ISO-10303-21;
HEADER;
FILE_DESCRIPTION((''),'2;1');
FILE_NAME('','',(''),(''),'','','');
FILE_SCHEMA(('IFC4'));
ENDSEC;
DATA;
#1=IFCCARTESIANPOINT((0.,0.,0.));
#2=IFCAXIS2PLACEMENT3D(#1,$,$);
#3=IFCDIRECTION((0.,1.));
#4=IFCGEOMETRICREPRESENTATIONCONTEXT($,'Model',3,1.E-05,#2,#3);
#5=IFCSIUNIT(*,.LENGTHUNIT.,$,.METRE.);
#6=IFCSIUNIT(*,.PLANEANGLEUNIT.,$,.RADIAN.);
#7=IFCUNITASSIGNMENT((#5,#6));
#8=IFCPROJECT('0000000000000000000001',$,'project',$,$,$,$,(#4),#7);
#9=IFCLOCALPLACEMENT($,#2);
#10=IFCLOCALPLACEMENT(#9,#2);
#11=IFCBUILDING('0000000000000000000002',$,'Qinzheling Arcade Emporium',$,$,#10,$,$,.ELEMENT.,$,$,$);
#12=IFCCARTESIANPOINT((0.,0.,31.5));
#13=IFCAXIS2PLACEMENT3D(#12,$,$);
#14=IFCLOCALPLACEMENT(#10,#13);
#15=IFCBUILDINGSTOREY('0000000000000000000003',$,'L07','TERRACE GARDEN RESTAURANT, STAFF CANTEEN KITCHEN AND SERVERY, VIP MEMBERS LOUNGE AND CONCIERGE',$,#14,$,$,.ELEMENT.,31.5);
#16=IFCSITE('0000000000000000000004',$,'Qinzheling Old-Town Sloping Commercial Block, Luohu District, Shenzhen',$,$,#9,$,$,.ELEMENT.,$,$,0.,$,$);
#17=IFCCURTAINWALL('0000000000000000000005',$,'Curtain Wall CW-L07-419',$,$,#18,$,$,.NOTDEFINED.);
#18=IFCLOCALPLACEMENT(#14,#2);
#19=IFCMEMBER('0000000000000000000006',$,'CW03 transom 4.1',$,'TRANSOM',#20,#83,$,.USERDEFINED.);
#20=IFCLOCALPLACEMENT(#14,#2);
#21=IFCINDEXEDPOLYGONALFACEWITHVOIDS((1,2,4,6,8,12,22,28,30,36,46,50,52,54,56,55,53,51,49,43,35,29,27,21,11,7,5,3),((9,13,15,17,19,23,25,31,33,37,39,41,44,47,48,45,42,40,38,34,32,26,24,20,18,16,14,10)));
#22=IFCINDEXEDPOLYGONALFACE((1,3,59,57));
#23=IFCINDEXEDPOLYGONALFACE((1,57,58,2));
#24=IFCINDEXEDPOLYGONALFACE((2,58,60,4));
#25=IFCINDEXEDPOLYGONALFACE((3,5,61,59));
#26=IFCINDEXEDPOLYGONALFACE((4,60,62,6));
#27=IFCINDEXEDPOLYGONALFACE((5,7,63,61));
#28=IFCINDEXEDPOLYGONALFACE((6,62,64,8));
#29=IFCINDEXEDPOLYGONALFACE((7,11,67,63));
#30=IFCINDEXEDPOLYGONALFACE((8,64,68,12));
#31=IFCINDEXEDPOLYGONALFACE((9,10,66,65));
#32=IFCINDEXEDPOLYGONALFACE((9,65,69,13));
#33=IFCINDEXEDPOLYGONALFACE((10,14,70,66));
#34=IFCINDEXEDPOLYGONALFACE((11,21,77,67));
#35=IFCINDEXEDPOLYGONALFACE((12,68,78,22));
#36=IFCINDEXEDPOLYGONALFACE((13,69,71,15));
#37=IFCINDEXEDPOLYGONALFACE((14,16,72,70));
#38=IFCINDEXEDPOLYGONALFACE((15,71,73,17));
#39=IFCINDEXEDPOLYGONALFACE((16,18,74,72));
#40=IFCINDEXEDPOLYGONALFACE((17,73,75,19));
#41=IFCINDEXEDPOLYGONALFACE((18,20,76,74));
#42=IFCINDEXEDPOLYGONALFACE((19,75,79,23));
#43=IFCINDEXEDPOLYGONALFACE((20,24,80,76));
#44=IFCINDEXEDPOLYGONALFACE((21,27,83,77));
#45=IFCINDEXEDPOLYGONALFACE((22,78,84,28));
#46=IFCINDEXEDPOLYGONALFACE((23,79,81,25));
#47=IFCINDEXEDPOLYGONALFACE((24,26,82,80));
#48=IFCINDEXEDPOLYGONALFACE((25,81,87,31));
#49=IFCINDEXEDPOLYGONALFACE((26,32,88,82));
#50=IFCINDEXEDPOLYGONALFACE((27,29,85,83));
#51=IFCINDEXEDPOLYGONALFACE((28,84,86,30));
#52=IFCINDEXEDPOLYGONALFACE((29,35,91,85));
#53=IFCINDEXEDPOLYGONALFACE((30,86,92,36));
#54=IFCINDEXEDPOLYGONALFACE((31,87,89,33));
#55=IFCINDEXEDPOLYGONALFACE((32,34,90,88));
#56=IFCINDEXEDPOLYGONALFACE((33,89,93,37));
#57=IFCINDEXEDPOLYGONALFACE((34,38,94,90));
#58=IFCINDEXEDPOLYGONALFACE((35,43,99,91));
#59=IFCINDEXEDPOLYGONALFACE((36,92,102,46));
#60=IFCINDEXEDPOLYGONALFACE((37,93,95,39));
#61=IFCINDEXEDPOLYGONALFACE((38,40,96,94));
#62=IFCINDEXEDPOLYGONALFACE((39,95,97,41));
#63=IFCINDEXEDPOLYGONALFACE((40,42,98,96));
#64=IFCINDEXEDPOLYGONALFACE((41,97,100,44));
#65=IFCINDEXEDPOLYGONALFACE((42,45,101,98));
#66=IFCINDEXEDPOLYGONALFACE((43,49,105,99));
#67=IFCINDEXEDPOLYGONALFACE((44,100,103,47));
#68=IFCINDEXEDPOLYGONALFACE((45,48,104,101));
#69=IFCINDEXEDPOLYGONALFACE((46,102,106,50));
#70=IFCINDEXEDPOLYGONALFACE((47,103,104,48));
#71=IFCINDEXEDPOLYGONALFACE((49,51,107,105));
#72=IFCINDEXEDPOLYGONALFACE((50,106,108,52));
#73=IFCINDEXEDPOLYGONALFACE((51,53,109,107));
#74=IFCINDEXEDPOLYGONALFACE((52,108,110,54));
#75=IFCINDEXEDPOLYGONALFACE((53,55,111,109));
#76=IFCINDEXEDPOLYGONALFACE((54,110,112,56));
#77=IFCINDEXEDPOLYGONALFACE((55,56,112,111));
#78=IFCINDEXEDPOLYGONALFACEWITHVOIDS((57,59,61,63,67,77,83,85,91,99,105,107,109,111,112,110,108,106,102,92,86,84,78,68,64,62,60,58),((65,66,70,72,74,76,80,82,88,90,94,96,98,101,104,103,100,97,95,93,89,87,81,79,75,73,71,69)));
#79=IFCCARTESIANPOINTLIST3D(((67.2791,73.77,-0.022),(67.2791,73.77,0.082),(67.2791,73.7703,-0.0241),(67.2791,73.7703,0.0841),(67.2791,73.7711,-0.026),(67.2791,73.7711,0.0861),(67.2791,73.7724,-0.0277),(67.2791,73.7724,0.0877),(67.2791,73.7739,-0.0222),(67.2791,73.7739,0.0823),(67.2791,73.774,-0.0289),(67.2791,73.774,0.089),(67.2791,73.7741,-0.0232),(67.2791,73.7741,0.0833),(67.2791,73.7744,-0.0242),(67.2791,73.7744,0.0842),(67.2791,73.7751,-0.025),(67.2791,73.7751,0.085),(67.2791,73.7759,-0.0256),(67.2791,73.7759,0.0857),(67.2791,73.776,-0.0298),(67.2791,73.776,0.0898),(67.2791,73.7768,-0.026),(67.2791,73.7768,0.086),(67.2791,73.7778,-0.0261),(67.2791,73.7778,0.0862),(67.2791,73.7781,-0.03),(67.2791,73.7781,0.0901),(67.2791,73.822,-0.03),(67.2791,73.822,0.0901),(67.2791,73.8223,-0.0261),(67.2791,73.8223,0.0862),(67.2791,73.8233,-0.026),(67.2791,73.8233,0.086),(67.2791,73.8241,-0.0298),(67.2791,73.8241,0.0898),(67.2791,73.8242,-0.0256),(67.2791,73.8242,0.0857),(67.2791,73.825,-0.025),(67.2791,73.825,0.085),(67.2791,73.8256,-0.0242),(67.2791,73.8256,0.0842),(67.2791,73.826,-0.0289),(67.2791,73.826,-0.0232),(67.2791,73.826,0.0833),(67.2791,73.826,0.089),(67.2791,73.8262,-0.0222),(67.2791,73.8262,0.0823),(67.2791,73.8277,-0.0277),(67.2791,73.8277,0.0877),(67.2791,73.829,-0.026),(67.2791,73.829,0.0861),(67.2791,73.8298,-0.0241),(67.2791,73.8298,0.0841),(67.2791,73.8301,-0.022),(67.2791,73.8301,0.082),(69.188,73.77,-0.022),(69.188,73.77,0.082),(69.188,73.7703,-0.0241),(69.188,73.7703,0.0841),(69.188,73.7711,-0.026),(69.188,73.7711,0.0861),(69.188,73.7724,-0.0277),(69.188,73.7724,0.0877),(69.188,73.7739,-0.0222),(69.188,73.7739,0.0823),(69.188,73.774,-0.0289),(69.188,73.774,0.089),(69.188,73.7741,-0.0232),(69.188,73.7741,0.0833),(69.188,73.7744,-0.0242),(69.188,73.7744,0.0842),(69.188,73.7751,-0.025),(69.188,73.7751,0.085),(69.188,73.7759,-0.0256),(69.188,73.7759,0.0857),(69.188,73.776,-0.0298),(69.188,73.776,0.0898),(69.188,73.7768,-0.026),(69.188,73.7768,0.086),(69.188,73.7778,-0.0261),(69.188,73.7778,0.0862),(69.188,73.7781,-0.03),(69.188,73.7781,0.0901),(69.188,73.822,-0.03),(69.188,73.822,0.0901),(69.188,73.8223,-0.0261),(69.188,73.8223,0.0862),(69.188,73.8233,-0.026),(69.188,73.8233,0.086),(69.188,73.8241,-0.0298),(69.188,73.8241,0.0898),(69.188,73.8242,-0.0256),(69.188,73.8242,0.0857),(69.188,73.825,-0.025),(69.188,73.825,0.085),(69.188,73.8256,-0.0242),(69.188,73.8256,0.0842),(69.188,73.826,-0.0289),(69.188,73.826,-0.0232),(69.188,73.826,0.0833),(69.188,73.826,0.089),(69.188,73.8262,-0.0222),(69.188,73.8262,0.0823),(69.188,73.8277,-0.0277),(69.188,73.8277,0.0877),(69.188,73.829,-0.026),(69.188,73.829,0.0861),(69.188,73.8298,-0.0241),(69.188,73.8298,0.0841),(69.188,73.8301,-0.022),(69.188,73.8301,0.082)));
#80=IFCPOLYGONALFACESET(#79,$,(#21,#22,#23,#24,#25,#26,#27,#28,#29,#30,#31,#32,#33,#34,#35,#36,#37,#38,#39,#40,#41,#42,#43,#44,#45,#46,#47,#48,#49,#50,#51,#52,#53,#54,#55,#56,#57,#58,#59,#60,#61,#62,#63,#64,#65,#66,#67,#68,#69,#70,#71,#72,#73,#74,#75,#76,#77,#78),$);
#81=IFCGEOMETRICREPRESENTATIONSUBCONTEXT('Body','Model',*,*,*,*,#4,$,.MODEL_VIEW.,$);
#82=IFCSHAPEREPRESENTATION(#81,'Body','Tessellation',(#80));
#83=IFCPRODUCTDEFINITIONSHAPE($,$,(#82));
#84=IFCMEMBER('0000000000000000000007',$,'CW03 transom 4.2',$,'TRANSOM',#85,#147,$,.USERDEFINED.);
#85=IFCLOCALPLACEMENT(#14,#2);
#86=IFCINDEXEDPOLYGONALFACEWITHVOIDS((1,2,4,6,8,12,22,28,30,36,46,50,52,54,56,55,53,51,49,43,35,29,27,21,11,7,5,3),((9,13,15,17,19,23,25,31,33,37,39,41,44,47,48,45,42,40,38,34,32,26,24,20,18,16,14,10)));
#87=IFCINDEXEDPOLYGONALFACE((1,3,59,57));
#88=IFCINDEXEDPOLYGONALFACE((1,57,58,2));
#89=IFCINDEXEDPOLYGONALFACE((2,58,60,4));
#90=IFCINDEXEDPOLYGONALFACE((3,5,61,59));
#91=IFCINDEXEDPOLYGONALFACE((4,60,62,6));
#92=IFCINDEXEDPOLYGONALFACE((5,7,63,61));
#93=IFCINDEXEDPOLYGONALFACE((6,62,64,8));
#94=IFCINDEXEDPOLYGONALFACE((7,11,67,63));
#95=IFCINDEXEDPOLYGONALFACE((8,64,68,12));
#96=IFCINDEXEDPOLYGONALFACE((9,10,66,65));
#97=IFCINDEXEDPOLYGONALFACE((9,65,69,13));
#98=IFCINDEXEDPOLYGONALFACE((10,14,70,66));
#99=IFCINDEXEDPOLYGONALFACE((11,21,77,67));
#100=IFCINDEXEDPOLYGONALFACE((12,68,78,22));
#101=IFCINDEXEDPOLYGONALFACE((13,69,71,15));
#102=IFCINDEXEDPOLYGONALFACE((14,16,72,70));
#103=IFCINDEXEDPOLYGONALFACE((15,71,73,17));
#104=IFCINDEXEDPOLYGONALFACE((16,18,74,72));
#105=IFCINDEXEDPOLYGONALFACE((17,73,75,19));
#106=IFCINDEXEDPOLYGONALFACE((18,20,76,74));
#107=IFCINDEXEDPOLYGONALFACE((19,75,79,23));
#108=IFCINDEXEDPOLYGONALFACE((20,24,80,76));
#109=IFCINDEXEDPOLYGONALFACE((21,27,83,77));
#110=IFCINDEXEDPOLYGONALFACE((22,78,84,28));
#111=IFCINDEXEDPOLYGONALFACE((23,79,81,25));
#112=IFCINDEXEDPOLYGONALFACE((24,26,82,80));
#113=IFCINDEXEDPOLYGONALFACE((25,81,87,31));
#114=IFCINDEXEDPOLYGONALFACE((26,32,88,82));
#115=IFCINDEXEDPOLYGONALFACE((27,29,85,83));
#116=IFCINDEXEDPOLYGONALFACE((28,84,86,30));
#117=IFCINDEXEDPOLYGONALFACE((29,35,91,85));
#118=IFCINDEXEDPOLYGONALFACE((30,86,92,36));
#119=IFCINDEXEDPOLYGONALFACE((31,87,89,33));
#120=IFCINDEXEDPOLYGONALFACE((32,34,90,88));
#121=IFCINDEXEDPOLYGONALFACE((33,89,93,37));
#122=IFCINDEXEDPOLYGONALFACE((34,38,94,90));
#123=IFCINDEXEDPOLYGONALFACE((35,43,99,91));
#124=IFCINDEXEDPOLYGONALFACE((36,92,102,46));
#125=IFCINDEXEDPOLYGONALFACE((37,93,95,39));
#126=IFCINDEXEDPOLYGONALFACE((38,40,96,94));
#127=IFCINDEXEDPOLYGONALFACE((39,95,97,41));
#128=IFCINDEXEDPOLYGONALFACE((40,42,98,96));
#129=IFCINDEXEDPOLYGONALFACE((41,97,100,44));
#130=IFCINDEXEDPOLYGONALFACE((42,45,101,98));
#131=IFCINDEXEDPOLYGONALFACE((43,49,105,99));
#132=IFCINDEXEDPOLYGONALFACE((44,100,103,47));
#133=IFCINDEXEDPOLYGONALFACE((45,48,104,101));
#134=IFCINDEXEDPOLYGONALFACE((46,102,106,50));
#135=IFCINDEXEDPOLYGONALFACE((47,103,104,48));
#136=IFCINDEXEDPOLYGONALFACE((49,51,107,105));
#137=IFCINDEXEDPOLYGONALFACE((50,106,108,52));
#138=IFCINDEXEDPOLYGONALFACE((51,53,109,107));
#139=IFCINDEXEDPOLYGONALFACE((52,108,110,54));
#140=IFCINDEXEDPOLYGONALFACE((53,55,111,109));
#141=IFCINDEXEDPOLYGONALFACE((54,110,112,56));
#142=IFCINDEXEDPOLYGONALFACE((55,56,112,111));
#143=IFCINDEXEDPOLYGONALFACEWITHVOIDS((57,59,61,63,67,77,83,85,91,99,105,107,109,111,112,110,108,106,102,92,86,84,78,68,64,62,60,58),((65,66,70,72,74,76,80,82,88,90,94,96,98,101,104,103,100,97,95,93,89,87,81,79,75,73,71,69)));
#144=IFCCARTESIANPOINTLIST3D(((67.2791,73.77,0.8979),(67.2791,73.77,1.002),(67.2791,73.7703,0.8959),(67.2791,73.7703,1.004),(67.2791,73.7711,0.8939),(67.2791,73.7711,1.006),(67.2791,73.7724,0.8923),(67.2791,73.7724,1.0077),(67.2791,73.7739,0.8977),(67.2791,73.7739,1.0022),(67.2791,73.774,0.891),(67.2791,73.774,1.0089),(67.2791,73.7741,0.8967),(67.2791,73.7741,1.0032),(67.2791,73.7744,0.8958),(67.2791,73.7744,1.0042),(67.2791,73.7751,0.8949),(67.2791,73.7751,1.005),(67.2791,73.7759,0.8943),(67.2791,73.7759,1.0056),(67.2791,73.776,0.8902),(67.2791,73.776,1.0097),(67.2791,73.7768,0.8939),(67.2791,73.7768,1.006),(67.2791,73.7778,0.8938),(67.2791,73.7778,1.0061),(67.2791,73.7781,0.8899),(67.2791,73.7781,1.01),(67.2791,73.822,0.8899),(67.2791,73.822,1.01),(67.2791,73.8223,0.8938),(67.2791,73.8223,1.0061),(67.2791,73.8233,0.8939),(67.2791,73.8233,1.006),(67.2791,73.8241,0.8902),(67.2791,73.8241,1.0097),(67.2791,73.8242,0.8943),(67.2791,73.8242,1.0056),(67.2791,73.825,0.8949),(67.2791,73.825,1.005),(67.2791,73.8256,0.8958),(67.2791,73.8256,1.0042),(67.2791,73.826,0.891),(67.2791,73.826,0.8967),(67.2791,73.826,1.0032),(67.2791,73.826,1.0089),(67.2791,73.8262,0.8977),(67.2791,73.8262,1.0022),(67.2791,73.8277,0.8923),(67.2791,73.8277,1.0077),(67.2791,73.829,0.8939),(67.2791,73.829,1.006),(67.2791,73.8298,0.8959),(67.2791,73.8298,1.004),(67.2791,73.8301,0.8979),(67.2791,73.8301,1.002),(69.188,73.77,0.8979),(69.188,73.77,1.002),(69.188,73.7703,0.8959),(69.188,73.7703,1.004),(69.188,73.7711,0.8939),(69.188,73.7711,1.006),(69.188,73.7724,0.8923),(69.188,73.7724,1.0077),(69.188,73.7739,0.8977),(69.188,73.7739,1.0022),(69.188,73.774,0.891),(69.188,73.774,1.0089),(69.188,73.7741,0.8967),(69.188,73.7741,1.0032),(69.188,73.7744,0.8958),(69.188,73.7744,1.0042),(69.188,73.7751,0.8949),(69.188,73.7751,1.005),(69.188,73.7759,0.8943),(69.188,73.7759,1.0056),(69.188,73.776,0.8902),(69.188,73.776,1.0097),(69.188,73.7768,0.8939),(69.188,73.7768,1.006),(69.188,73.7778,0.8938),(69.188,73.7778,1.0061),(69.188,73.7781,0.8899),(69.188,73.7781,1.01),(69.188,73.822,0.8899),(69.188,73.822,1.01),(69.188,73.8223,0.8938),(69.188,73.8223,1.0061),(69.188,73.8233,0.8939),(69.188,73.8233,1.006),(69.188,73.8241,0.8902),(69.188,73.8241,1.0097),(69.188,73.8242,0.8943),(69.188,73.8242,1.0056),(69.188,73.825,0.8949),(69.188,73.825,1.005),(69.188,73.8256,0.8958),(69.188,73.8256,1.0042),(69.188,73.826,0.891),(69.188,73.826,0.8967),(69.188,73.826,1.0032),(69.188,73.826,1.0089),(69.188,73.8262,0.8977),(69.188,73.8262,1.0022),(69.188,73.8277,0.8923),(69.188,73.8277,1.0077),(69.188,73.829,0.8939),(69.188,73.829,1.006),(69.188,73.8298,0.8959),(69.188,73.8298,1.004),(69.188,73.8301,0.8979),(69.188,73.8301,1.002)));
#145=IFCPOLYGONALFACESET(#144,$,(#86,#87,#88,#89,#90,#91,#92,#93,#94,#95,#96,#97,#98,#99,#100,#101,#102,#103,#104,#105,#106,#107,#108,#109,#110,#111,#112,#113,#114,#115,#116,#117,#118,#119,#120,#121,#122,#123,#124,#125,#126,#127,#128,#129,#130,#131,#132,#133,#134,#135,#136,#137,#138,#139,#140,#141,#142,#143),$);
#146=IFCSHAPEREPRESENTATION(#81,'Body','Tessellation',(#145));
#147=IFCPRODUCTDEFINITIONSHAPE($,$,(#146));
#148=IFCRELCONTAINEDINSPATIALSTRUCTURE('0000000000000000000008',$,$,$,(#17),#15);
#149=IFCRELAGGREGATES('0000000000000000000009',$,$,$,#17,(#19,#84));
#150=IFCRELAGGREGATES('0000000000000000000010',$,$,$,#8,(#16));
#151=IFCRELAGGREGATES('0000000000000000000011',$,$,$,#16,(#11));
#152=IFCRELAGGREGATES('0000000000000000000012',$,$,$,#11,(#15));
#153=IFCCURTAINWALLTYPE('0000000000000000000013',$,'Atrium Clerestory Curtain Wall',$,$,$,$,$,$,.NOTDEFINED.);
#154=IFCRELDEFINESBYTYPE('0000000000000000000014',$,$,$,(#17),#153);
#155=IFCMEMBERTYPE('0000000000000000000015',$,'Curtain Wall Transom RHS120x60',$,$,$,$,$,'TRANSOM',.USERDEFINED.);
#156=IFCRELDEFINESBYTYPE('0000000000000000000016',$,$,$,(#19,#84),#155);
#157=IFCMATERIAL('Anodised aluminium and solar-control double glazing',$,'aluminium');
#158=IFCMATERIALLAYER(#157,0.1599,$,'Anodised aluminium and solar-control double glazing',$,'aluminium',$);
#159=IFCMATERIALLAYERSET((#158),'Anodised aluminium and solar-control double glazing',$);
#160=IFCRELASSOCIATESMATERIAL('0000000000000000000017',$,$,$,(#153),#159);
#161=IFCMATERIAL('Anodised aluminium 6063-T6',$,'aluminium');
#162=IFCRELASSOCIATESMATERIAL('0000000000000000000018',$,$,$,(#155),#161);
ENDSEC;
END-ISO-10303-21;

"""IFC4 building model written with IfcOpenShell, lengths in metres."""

from ifc_helpers import new_model, si_unit, direction, frame, origin, origin_2d, place, context, subcontext, project, spatial, hollow_rectangle, extrude, material, layer, layer_set, material_profile, profile_set, type_object, element, aggregate, save


model = new_model("IFC4")

# Units and contexts
model_context = context("Model", 3, precision=1e-05, world=origin(), true_north=direction((0.0, 1.0)))
body_context = subcontext(model_context, "Body", "Model", "MODEL_VIEW")
ifc_project = project(units=[si_unit("LENGTHUNIT", "METRE"), si_unit("PLANEANGLEUNIT", "RADIAN")], contexts=[model_context])

# Site, building, storey
site_placement = place(None, origin())
site = spatial("IfcSite", under=ifc_project, at=site_placement, Name="Qinzheling Old-Town Sloping Commercial Block, Luohu District, Shenzhen", CompositionType="ELEMENT", RefElevation=0.0)
building_placement = place(site_placement, origin())
building = spatial("IfcBuilding", under=site, at=building_placement, Name="Qinzheling Arcade Emporium", CompositionType="ELEMENT")
storey_placement = place(building_placement, frame((0.0, 0.0, 31.5)))
storey = spatial("IfcBuildingStorey", under=building, at=storey_placement, Name="L07", Description="TERRACE GARDEN RESTAURANT, STAFF CANTEEN KITCHEN AND SERVERY, VIP MEMBERS LOUNGE AND CONCIERGE", CompositionType="ELEMENT", Elevation=31.5)

# Curtain wall, members
ifc_material_1 = material(Name="Anodised aluminium and solar-control double glazing", Category="aluminium")
ifc_layer_1 = layer(ifc_material_1, 0.1599, Name="Anodised aluminium and solar-control double glazing", Category="aluminium")
ifc_layer_set_1 = layer_set([ifc_layer_1], Name="Anodised aluminium and solar-control double glazing")
curtain_wall_type = type_object("IfcCurtainWallType", Name="Atrium Clerestory Curtain Wall", PredefinedType="NOTDEFINED", material=ifc_layer_set_1)
curtain_wall_placement = place(storey_placement, origin())
curtain_wall = element("IfcCurtainWall", 1, at=curtain_wall_placement, inside=storey, type_object=curtain_wall_type, Name="Curtain Wall CW-L07-419", PredefinedType="NOTDEFINED")
ifc_material_2 = material(Name="Anodised aluminium 6063-T6", Category="aluminium")
ifc_material_profile_1 = material_profile(ifc_material_2, hollow_rectangle(XDim=0.0601, YDim=0.1201, WallThickness=0.0039, InnerFilletRadius=0.0039, OuterFilletRadius=0.0081, at=origin_2d()), Name="RHS 120x60x4", Category="aluminium")
ifc_profile_set_1 = profile_set([ifc_material_profile_1], Name="Anodised aluminium 6063-T6")
member_type_1 = type_object("IfcMemberType", Name="Curtain Wall Transom RHS120x60", ElementType="TRANSOM", PredefinedType="USERDEFINED", material=ifc_profile_set_1)
member_1_placement = place(storey_placement, frame((67.2791, 73.8, 0.03), z_axis=(1.0, 0.0, 0.0), x_axis=(0.0, 1.0, 0.0)))
member_1 = element("IfcMember", 2, at=member_1_placement, type_object=member_type_1, Name="CW03 transom 4.1", ObjectType="TRANSOM", PredefinedType="USERDEFINED", context=body_context, shape_type="SweptSolid", body=[
    extrude(hollow_rectangle(XDim=0.0601, YDim=0.1201, WallThickness=0.0039, InnerFilletRadius=0.0039, OuterFilletRadius=0.0081, at=origin_2d()), origin(), (0.0, 0.0, 1.0), 1.9089),
])
member_2_placement = place(storey_placement, frame((67.2791, 73.8, 0.95), z_axis=(1.0, 0.0, 0.0), x_axis=(0.0, 1.0, 0.0)))
member_2 = element("IfcMember", 3, at=member_2_placement, type_object=member_type_1, Name="CW03 transom 4.2", ObjectType="TRANSOM", PredefinedType="USERDEFINED", context=body_context, shape_type="SweptSolid", body=[
    extrude(hollow_rectangle(XDim=0.0601, YDim=0.1201, WallThickness=0.0039, InnerFilletRadius=0.0039, OuterFilletRadius=0.0081, at=origin_2d()), origin(), (0.0, 0.0, 1.0), 1.9089),
])

aggregate(curtain_wall, [member_1, member_2])

save(model, "model.ifc")
